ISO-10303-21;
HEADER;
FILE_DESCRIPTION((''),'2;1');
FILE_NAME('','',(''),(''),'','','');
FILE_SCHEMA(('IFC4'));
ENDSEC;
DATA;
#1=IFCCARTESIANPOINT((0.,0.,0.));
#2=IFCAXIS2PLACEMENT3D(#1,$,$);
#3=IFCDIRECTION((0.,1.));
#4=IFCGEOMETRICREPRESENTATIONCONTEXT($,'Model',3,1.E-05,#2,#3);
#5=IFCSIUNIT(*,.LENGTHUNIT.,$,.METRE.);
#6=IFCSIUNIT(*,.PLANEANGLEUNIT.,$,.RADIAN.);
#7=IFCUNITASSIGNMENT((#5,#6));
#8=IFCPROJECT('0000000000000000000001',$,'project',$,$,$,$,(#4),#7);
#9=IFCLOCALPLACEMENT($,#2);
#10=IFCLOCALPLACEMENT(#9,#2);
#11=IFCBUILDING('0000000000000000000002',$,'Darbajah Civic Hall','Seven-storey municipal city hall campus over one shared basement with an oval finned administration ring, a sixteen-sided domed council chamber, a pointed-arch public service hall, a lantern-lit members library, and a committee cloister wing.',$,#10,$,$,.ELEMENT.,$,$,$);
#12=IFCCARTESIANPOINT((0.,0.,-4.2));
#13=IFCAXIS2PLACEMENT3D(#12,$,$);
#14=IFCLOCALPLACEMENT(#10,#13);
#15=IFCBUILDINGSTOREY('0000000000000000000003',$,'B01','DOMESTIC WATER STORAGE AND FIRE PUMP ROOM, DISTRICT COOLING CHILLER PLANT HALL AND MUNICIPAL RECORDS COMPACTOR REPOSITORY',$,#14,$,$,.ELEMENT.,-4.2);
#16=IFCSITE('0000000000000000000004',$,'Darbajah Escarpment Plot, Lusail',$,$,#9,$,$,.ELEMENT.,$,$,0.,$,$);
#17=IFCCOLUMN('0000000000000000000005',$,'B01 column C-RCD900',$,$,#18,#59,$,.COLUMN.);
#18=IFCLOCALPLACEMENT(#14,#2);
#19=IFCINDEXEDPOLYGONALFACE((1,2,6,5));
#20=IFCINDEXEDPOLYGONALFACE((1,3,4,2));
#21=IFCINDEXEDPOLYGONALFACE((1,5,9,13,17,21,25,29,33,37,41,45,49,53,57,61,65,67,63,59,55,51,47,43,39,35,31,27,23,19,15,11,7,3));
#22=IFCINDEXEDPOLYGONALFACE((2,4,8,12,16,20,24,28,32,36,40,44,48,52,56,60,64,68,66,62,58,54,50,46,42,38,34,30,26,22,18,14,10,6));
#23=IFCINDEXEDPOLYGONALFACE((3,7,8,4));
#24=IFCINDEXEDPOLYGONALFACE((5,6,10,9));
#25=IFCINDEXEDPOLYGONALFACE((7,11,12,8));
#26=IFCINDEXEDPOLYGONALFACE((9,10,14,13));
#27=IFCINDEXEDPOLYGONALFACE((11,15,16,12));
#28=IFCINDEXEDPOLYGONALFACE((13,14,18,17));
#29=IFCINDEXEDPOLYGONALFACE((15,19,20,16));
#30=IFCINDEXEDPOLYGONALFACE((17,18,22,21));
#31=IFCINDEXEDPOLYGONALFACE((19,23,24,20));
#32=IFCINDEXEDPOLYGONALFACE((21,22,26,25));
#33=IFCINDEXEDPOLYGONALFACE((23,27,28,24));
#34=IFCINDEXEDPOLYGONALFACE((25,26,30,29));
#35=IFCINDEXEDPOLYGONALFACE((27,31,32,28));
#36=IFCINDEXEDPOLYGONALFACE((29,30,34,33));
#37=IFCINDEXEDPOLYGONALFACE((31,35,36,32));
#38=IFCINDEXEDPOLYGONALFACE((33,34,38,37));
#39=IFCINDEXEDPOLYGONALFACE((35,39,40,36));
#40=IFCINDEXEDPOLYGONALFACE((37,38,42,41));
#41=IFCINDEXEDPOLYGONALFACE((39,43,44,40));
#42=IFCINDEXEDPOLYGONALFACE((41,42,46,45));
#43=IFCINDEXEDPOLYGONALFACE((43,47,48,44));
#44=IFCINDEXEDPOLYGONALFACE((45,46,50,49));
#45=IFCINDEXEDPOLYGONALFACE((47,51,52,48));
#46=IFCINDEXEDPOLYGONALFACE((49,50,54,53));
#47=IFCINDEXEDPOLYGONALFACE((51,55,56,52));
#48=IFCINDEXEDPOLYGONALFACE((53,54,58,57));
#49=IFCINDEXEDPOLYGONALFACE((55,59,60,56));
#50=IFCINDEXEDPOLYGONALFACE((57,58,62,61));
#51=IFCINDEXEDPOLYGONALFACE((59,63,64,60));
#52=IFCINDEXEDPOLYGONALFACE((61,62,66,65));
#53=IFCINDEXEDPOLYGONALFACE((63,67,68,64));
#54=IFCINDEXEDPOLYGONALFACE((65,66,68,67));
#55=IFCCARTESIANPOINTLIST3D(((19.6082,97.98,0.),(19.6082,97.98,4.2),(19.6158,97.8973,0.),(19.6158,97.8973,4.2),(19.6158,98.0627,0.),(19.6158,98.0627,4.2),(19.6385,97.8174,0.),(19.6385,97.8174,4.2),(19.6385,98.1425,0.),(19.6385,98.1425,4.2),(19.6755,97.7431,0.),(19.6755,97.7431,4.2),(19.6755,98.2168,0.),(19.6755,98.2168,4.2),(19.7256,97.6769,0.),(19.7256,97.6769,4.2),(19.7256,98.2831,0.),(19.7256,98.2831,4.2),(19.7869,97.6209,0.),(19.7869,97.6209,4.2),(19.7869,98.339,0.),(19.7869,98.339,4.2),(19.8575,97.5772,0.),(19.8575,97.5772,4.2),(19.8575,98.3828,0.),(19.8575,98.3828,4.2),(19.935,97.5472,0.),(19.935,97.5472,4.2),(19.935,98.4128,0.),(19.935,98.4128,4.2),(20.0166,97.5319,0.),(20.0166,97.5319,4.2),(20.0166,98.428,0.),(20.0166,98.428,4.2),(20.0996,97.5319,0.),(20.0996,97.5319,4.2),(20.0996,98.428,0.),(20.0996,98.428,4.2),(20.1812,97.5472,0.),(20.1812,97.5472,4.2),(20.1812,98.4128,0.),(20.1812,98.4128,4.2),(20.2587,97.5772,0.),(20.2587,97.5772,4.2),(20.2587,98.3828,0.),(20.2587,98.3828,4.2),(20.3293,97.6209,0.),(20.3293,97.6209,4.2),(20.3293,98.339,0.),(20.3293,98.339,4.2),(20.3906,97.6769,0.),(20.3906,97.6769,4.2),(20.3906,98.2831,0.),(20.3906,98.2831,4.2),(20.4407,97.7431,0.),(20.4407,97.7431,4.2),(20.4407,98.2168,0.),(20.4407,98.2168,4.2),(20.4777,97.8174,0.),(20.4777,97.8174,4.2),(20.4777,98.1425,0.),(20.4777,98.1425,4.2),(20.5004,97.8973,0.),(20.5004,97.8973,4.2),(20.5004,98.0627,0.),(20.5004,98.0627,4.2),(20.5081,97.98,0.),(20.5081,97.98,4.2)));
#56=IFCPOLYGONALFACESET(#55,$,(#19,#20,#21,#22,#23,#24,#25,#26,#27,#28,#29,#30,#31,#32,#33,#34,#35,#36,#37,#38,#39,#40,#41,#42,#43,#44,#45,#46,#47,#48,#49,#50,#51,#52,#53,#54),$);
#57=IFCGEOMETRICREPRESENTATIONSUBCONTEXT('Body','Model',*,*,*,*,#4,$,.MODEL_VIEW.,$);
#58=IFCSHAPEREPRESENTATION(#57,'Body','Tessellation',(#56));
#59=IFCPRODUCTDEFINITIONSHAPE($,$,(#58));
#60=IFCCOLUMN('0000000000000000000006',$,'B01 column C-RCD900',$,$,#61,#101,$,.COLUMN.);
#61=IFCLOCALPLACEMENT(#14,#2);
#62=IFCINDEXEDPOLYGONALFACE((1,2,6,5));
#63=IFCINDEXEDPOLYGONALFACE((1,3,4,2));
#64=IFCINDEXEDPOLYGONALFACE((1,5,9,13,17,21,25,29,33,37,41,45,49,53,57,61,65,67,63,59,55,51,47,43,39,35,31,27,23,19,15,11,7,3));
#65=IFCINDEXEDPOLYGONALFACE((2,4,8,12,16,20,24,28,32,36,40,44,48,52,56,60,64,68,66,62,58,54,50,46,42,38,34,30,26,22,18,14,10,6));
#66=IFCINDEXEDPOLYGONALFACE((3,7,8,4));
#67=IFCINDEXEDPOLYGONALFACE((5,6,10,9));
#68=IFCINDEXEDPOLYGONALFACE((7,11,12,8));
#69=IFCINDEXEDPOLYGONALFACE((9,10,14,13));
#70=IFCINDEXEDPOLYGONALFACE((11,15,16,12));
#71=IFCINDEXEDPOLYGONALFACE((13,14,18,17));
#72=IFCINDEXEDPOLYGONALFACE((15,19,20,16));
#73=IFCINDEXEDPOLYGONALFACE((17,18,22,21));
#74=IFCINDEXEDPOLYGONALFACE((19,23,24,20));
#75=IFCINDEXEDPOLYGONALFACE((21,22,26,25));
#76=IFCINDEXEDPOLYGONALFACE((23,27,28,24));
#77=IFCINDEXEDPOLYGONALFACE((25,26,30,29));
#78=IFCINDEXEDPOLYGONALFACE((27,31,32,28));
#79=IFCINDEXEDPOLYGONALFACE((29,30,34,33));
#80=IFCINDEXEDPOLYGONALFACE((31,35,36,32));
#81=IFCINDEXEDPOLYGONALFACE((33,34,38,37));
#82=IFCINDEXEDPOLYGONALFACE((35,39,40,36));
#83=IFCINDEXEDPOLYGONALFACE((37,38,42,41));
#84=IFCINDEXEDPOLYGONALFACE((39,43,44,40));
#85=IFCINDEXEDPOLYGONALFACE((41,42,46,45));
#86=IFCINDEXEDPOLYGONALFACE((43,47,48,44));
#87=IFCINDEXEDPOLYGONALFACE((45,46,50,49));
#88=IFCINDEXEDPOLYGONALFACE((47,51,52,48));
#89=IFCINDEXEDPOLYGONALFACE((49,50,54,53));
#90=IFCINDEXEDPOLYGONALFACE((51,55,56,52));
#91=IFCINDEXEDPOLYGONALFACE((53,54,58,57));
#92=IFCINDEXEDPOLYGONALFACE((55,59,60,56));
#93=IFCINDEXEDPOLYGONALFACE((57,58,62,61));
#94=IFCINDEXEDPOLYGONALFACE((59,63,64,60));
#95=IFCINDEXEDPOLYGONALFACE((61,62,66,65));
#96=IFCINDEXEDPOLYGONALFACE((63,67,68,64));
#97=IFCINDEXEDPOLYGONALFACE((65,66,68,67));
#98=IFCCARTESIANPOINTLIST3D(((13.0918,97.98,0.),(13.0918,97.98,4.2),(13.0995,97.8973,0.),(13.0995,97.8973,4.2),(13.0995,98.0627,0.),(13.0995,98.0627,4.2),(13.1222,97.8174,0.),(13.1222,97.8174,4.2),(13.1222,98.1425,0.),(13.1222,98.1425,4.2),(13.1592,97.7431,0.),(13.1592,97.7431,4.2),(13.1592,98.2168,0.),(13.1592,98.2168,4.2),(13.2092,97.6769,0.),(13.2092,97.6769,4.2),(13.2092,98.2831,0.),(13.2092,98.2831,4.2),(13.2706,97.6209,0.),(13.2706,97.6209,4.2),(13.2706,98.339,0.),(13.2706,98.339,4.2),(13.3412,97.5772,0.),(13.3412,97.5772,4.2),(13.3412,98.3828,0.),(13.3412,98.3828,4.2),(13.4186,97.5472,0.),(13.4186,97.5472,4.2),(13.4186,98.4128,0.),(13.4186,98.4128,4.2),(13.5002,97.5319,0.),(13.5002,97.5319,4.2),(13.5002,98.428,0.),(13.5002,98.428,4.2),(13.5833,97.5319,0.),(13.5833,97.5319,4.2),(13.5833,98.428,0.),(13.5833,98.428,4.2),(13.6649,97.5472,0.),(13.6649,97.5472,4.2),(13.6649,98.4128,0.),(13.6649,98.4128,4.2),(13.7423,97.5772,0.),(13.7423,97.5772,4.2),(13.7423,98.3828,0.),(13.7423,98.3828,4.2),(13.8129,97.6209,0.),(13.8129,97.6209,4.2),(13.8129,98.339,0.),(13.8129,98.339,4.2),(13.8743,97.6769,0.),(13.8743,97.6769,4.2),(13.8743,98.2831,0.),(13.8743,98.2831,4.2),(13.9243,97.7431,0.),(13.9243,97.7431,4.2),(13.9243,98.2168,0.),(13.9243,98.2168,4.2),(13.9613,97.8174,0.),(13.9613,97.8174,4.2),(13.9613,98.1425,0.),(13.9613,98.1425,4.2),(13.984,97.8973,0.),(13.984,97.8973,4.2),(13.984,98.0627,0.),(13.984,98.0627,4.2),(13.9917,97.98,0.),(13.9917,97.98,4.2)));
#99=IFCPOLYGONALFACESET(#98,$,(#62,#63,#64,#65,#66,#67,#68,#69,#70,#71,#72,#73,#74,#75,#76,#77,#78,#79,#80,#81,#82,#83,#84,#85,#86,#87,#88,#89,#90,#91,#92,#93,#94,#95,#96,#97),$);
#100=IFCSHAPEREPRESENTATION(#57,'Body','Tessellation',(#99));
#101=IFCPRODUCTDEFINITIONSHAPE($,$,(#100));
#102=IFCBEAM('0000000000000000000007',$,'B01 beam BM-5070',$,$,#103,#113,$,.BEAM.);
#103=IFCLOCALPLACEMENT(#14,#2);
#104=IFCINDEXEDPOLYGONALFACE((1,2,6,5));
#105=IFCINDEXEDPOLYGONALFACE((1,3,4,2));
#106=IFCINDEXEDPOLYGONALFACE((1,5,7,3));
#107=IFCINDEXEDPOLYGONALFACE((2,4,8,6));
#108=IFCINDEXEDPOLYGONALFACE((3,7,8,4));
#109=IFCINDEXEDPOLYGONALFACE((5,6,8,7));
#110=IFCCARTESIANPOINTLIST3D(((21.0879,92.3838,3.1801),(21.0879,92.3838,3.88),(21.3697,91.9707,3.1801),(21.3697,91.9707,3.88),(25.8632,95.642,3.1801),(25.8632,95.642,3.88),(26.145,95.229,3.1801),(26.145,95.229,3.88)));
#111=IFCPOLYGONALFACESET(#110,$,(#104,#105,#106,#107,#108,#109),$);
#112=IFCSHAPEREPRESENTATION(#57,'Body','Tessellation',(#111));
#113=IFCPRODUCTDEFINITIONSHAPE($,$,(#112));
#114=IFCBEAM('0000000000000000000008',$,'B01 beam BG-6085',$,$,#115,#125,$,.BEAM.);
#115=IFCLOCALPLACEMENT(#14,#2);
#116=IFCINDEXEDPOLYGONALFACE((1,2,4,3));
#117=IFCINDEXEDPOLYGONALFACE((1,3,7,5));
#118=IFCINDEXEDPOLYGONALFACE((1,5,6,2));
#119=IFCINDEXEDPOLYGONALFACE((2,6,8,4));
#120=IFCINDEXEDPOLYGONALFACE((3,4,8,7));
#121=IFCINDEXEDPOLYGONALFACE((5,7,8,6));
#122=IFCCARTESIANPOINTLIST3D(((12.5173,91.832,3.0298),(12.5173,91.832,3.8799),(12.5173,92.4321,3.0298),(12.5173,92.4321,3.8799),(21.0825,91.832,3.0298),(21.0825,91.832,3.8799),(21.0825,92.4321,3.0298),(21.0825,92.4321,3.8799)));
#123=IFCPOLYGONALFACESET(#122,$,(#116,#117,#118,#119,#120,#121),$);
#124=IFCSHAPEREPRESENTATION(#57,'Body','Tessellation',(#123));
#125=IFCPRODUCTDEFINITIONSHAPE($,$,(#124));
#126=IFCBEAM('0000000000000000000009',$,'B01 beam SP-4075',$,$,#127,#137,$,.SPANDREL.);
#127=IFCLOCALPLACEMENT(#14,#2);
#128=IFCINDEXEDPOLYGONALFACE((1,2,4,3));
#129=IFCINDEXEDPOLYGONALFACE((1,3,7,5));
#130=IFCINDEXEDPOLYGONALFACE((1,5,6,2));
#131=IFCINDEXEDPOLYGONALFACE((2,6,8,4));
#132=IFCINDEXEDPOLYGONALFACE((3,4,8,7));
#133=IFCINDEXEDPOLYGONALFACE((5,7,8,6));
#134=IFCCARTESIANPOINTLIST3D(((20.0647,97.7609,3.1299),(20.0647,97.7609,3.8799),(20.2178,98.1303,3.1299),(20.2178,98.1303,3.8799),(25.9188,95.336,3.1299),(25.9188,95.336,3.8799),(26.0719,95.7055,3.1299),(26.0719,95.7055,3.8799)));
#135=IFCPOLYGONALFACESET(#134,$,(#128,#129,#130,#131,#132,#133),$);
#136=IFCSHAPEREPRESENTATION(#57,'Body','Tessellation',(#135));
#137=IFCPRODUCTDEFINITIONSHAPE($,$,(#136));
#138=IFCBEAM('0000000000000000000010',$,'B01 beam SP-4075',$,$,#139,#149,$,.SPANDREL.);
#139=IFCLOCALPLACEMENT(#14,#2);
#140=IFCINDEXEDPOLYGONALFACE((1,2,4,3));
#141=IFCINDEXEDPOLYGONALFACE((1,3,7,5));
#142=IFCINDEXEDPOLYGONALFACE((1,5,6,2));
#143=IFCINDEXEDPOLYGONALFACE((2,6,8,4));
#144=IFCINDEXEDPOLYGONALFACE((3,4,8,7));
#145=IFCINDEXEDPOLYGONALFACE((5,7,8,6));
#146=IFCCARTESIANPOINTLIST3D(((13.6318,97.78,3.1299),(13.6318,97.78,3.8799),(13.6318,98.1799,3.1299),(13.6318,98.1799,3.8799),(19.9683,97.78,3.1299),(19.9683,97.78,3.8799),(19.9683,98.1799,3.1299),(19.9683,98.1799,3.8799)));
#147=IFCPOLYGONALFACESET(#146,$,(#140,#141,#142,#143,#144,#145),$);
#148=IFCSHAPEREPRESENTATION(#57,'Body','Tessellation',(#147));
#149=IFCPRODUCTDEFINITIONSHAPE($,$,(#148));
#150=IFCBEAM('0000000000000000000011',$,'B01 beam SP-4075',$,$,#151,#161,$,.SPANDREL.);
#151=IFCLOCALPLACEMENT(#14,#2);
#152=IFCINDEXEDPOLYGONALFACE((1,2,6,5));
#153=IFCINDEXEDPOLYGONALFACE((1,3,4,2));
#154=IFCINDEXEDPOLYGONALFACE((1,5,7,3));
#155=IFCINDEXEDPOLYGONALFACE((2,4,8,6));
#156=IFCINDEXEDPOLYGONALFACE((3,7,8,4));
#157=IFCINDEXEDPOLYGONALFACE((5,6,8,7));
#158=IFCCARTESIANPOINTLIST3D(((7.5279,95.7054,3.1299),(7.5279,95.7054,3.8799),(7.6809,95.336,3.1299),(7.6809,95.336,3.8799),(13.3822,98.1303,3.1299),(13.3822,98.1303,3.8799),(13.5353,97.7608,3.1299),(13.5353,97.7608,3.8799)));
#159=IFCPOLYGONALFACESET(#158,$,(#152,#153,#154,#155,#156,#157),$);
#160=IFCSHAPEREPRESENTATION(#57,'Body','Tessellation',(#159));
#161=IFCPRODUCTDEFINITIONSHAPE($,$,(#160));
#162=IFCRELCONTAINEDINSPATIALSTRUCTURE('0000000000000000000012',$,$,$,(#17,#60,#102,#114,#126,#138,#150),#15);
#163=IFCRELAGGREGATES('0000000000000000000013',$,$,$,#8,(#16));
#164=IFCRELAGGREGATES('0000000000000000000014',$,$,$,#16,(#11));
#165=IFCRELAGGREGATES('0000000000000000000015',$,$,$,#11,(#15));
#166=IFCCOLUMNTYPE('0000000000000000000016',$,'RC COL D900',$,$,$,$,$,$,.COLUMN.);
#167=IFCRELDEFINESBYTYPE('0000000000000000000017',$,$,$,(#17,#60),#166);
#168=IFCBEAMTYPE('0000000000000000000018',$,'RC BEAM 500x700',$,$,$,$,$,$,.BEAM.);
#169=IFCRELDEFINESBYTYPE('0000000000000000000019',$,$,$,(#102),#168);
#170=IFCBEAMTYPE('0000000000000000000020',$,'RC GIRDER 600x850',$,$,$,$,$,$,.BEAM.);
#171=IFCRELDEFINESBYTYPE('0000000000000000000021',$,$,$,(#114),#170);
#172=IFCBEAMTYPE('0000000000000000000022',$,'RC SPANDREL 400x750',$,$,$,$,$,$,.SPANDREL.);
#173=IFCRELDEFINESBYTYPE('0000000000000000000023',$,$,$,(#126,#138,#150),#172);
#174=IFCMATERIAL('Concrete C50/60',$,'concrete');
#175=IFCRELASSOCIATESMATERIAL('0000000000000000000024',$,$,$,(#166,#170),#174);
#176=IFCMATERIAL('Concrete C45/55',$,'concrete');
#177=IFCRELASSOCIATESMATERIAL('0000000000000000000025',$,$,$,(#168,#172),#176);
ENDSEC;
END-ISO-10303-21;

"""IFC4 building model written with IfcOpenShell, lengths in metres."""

from ifc_helpers import new_model, si_unit, direction, frame, origin, origin_2d, place, context, subcontext, project, spatial, rectangle, circle, extrude, material, material_profile, profile_set, type_object, element, save


model = new_model("IFC4")

# Units and contexts
model_context = context("Model", 3, precision=1e-05, world=origin(), true_north=direction((0.0, 1.0)))
body_context = subcontext(model_context, "Body", "Model", "MODEL_VIEW")
ifc_project = project(units=[si_unit("LENGTHUNIT", "METRE"), si_unit("PLANEANGLEUNIT", "RADIAN")], contexts=[model_context])

# Site, building, storey
site_placement = place(None, origin())
site = spatial("IfcSite", under=ifc_project, at=site_placement, Name="Darbajah Escarpment Plot, Lusail", CompositionType="ELEMENT", RefElevation=0.0)
building_placement = place(site_placement, origin())
building = spatial("IfcBuilding", under=site, at=building_placement, Name="Darbajah Civic Hall", Description="Seven-storey municipal city hall campus over one shared basement with an oval finned administration ring, a sixteen-sided domed council chamber, a pointed-arch public service hall, a lantern-lit members library, and a committee cloister wing.", CompositionType="ELEMENT")
storey_placement = place(building_placement, frame((0.0, 0.0, -4.2)))
storey = spatial("IfcBuildingStorey", under=building, at=storey_placement, Name="B01", Description="DOMESTIC WATER STORAGE AND FIRE PUMP ROOM, DISTRICT COOLING CHILLER PLANT HALL AND MUNICIPAL RECORDS COMPACTOR REPOSITORY", CompositionType="ELEMENT", Elevation=-4.2)

# Shared definitions
ifc_material_1 = material(Name="Concrete C45/55", Category="concrete")

# Columns
ifc_material_2 = material(Name="Concrete C50/60", Category="concrete")
ifc_material_profile_1 = material_profile(ifc_material_2, circle(Radius=0.45, at=origin_2d()), Name="RC COL D900")
ifc_profile_set_1 = profile_set([ifc_material_profile_1], Name="Concrete C50/60")
column_type_1 = type_object("IfcColumnType", Name="RC COL D900", PredefinedType="COLUMN", material=ifc_profile_set_1)
for number, where, z_axis, x_axis, name in (
    (1, (20.0581, 97.98, 0.0), (0.0, 0.0, 1.0), (1.0, 0.0, 0.0), "B01 column C-RCD900"),
    (2, (13.5417, 97.98, 0.0), (0.0, 0.0, 1.0), (1.0, 0.0, 0.0), "B01 column C-RCD900"),
):
    element("IfcColumn", number, at=place(storey_placement, frame(where, z_axis=z_axis, x_axis=x_axis)), inside=storey, type_object=column_type_1, Name=name, PredefinedType="COLUMN", context=body_context, shape_type="SweptSolid", body=[
        extrude(circle(Radius=0.45, at=origin_2d()), origin(), (0.0, 0.0, 1.0), 4.2),
    ])

# Beams
ifc_material_profile_2 = material_profile(ifc_material_1, rectangle(XDim=0.5, YDim=0.7, at=origin_2d()), Name="RC BEAM 500x700")
ifc_profile_set_2 = profile_set([ifc_material_profile_2], Name="Concrete C45/55")
beam_type_1 = type_object("IfcBeamType", Name="RC BEAM 500x700", PredefinedType="BEAM", material=ifc_profile_set_2)
beam_1_placement = place(storey_placement, frame((21.2288, 92.1772, 3.53), z_axis=(0.826038, 0.563615, 0.0), x_axis=(-0.563615, 0.826038, 0.0)))
element("IfcBeam", 3, at=beam_1_placement, inside=storey, type_object=beam_type_1, Name="B01 beam BM-5070", PredefinedType="BEAM", context=body_context, shape_type="SweptSolid", body=[
    extrude(rectangle(XDim=0.5, YDim=0.7, at=origin_2d()), origin(), (0.0, 0.0, 1.0), 5.781),
])
ifc_material_profile_3 = material_profile(ifc_material_2, rectangle(XDim=0.6001, YDim=0.8501, at=origin_2d()), Name="RC GIRDER 600x850")
ifc_profile_set_3 = profile_set([ifc_material_profile_3], Name="Concrete C50/60")
beam_type_2 = type_object("IfcBeamType", Name="RC GIRDER 600x850", PredefinedType="BEAM", material=ifc_profile_set_3)
beam_2_placement = place(storey_placement, frame((21.0825, 92.1321, 3.4548), z_axis=(-1.0, 0.0, 0.0), x_axis=(0.0, -1.0, 0.0)))
element("IfcBeam", 4, at=beam_2_placement, inside=storey, type_object=beam_type_2, Name="B01 beam BG-6085", PredefinedType="BEAM", context=body_context, shape_type="SweptSolid", body=[
    extrude(rectangle(XDim=0.6001, YDim=0.8501, at=origin_2d()), origin(), (0.0, 0.0, 1.0), 8.5652),
])
ifc_material_profile_4 = material_profile(ifc_material_1, rectangle(XDim=0.3999, YDim=0.75, at=origin_2d()), Name="RC SPANDREL 400x750")
ifc_profile_set_4 = profile_set([ifc_material_profile_4], Name="Concrete C45/55")
beam_type_3 = type_object("IfcBeamType", Name="RC SPANDREL 400x750", PredefinedType="SPANDREL", material=ifc_profile_set_4)
for number, where, z_axis, x_axis, name in (
    (5, (25.9954, 95.5208, 3.5049), (-0.92388, 0.382683, 0.0), (-0.382683, -0.92388, 0.0), "B01 beam SP-4075"),
    (6, (19.9683, 97.98, 3.5049), (-1.0, 0.0, 0.0), (0.0, -1.0, 0.0), "B01 beam SP-4075"),
):
    element("IfcBeam", number, at=place(storey_placement, frame(where, z_axis=z_axis, x_axis=x_axis)), inside=storey, type_object=beam_type_3, Name=name, PredefinedType="SPANDREL", context=body_context, shape_type="SweptSolid", body=[
        extrude(rectangle(XDim=0.3999, YDim=0.75, at=origin_2d()), origin(), (0.0, 0.0, 1.0), 6.3364),
    ])
beam_3_placement = place(storey_placement, frame((13.4587, 97.9456, 3.5049), z_axis=(-0.923885, -0.382669, 0.0), x_axis=(0.382669, -0.923885, 0.0)))
element("IfcBeam", 7, at=beam_3_placement, inside=storey, type_object=beam_type_3, Name="B01 beam SP-4075", PredefinedType="SPANDREL", context=body_context, shape_type="SweptSolid", body=[
    extrude(rectangle(XDim=0.3999, YDim=0.75, at=origin_2d()), origin(), (0.0, 0.0, 1.0), 6.3367),
])

save(model, "model.ifc")
